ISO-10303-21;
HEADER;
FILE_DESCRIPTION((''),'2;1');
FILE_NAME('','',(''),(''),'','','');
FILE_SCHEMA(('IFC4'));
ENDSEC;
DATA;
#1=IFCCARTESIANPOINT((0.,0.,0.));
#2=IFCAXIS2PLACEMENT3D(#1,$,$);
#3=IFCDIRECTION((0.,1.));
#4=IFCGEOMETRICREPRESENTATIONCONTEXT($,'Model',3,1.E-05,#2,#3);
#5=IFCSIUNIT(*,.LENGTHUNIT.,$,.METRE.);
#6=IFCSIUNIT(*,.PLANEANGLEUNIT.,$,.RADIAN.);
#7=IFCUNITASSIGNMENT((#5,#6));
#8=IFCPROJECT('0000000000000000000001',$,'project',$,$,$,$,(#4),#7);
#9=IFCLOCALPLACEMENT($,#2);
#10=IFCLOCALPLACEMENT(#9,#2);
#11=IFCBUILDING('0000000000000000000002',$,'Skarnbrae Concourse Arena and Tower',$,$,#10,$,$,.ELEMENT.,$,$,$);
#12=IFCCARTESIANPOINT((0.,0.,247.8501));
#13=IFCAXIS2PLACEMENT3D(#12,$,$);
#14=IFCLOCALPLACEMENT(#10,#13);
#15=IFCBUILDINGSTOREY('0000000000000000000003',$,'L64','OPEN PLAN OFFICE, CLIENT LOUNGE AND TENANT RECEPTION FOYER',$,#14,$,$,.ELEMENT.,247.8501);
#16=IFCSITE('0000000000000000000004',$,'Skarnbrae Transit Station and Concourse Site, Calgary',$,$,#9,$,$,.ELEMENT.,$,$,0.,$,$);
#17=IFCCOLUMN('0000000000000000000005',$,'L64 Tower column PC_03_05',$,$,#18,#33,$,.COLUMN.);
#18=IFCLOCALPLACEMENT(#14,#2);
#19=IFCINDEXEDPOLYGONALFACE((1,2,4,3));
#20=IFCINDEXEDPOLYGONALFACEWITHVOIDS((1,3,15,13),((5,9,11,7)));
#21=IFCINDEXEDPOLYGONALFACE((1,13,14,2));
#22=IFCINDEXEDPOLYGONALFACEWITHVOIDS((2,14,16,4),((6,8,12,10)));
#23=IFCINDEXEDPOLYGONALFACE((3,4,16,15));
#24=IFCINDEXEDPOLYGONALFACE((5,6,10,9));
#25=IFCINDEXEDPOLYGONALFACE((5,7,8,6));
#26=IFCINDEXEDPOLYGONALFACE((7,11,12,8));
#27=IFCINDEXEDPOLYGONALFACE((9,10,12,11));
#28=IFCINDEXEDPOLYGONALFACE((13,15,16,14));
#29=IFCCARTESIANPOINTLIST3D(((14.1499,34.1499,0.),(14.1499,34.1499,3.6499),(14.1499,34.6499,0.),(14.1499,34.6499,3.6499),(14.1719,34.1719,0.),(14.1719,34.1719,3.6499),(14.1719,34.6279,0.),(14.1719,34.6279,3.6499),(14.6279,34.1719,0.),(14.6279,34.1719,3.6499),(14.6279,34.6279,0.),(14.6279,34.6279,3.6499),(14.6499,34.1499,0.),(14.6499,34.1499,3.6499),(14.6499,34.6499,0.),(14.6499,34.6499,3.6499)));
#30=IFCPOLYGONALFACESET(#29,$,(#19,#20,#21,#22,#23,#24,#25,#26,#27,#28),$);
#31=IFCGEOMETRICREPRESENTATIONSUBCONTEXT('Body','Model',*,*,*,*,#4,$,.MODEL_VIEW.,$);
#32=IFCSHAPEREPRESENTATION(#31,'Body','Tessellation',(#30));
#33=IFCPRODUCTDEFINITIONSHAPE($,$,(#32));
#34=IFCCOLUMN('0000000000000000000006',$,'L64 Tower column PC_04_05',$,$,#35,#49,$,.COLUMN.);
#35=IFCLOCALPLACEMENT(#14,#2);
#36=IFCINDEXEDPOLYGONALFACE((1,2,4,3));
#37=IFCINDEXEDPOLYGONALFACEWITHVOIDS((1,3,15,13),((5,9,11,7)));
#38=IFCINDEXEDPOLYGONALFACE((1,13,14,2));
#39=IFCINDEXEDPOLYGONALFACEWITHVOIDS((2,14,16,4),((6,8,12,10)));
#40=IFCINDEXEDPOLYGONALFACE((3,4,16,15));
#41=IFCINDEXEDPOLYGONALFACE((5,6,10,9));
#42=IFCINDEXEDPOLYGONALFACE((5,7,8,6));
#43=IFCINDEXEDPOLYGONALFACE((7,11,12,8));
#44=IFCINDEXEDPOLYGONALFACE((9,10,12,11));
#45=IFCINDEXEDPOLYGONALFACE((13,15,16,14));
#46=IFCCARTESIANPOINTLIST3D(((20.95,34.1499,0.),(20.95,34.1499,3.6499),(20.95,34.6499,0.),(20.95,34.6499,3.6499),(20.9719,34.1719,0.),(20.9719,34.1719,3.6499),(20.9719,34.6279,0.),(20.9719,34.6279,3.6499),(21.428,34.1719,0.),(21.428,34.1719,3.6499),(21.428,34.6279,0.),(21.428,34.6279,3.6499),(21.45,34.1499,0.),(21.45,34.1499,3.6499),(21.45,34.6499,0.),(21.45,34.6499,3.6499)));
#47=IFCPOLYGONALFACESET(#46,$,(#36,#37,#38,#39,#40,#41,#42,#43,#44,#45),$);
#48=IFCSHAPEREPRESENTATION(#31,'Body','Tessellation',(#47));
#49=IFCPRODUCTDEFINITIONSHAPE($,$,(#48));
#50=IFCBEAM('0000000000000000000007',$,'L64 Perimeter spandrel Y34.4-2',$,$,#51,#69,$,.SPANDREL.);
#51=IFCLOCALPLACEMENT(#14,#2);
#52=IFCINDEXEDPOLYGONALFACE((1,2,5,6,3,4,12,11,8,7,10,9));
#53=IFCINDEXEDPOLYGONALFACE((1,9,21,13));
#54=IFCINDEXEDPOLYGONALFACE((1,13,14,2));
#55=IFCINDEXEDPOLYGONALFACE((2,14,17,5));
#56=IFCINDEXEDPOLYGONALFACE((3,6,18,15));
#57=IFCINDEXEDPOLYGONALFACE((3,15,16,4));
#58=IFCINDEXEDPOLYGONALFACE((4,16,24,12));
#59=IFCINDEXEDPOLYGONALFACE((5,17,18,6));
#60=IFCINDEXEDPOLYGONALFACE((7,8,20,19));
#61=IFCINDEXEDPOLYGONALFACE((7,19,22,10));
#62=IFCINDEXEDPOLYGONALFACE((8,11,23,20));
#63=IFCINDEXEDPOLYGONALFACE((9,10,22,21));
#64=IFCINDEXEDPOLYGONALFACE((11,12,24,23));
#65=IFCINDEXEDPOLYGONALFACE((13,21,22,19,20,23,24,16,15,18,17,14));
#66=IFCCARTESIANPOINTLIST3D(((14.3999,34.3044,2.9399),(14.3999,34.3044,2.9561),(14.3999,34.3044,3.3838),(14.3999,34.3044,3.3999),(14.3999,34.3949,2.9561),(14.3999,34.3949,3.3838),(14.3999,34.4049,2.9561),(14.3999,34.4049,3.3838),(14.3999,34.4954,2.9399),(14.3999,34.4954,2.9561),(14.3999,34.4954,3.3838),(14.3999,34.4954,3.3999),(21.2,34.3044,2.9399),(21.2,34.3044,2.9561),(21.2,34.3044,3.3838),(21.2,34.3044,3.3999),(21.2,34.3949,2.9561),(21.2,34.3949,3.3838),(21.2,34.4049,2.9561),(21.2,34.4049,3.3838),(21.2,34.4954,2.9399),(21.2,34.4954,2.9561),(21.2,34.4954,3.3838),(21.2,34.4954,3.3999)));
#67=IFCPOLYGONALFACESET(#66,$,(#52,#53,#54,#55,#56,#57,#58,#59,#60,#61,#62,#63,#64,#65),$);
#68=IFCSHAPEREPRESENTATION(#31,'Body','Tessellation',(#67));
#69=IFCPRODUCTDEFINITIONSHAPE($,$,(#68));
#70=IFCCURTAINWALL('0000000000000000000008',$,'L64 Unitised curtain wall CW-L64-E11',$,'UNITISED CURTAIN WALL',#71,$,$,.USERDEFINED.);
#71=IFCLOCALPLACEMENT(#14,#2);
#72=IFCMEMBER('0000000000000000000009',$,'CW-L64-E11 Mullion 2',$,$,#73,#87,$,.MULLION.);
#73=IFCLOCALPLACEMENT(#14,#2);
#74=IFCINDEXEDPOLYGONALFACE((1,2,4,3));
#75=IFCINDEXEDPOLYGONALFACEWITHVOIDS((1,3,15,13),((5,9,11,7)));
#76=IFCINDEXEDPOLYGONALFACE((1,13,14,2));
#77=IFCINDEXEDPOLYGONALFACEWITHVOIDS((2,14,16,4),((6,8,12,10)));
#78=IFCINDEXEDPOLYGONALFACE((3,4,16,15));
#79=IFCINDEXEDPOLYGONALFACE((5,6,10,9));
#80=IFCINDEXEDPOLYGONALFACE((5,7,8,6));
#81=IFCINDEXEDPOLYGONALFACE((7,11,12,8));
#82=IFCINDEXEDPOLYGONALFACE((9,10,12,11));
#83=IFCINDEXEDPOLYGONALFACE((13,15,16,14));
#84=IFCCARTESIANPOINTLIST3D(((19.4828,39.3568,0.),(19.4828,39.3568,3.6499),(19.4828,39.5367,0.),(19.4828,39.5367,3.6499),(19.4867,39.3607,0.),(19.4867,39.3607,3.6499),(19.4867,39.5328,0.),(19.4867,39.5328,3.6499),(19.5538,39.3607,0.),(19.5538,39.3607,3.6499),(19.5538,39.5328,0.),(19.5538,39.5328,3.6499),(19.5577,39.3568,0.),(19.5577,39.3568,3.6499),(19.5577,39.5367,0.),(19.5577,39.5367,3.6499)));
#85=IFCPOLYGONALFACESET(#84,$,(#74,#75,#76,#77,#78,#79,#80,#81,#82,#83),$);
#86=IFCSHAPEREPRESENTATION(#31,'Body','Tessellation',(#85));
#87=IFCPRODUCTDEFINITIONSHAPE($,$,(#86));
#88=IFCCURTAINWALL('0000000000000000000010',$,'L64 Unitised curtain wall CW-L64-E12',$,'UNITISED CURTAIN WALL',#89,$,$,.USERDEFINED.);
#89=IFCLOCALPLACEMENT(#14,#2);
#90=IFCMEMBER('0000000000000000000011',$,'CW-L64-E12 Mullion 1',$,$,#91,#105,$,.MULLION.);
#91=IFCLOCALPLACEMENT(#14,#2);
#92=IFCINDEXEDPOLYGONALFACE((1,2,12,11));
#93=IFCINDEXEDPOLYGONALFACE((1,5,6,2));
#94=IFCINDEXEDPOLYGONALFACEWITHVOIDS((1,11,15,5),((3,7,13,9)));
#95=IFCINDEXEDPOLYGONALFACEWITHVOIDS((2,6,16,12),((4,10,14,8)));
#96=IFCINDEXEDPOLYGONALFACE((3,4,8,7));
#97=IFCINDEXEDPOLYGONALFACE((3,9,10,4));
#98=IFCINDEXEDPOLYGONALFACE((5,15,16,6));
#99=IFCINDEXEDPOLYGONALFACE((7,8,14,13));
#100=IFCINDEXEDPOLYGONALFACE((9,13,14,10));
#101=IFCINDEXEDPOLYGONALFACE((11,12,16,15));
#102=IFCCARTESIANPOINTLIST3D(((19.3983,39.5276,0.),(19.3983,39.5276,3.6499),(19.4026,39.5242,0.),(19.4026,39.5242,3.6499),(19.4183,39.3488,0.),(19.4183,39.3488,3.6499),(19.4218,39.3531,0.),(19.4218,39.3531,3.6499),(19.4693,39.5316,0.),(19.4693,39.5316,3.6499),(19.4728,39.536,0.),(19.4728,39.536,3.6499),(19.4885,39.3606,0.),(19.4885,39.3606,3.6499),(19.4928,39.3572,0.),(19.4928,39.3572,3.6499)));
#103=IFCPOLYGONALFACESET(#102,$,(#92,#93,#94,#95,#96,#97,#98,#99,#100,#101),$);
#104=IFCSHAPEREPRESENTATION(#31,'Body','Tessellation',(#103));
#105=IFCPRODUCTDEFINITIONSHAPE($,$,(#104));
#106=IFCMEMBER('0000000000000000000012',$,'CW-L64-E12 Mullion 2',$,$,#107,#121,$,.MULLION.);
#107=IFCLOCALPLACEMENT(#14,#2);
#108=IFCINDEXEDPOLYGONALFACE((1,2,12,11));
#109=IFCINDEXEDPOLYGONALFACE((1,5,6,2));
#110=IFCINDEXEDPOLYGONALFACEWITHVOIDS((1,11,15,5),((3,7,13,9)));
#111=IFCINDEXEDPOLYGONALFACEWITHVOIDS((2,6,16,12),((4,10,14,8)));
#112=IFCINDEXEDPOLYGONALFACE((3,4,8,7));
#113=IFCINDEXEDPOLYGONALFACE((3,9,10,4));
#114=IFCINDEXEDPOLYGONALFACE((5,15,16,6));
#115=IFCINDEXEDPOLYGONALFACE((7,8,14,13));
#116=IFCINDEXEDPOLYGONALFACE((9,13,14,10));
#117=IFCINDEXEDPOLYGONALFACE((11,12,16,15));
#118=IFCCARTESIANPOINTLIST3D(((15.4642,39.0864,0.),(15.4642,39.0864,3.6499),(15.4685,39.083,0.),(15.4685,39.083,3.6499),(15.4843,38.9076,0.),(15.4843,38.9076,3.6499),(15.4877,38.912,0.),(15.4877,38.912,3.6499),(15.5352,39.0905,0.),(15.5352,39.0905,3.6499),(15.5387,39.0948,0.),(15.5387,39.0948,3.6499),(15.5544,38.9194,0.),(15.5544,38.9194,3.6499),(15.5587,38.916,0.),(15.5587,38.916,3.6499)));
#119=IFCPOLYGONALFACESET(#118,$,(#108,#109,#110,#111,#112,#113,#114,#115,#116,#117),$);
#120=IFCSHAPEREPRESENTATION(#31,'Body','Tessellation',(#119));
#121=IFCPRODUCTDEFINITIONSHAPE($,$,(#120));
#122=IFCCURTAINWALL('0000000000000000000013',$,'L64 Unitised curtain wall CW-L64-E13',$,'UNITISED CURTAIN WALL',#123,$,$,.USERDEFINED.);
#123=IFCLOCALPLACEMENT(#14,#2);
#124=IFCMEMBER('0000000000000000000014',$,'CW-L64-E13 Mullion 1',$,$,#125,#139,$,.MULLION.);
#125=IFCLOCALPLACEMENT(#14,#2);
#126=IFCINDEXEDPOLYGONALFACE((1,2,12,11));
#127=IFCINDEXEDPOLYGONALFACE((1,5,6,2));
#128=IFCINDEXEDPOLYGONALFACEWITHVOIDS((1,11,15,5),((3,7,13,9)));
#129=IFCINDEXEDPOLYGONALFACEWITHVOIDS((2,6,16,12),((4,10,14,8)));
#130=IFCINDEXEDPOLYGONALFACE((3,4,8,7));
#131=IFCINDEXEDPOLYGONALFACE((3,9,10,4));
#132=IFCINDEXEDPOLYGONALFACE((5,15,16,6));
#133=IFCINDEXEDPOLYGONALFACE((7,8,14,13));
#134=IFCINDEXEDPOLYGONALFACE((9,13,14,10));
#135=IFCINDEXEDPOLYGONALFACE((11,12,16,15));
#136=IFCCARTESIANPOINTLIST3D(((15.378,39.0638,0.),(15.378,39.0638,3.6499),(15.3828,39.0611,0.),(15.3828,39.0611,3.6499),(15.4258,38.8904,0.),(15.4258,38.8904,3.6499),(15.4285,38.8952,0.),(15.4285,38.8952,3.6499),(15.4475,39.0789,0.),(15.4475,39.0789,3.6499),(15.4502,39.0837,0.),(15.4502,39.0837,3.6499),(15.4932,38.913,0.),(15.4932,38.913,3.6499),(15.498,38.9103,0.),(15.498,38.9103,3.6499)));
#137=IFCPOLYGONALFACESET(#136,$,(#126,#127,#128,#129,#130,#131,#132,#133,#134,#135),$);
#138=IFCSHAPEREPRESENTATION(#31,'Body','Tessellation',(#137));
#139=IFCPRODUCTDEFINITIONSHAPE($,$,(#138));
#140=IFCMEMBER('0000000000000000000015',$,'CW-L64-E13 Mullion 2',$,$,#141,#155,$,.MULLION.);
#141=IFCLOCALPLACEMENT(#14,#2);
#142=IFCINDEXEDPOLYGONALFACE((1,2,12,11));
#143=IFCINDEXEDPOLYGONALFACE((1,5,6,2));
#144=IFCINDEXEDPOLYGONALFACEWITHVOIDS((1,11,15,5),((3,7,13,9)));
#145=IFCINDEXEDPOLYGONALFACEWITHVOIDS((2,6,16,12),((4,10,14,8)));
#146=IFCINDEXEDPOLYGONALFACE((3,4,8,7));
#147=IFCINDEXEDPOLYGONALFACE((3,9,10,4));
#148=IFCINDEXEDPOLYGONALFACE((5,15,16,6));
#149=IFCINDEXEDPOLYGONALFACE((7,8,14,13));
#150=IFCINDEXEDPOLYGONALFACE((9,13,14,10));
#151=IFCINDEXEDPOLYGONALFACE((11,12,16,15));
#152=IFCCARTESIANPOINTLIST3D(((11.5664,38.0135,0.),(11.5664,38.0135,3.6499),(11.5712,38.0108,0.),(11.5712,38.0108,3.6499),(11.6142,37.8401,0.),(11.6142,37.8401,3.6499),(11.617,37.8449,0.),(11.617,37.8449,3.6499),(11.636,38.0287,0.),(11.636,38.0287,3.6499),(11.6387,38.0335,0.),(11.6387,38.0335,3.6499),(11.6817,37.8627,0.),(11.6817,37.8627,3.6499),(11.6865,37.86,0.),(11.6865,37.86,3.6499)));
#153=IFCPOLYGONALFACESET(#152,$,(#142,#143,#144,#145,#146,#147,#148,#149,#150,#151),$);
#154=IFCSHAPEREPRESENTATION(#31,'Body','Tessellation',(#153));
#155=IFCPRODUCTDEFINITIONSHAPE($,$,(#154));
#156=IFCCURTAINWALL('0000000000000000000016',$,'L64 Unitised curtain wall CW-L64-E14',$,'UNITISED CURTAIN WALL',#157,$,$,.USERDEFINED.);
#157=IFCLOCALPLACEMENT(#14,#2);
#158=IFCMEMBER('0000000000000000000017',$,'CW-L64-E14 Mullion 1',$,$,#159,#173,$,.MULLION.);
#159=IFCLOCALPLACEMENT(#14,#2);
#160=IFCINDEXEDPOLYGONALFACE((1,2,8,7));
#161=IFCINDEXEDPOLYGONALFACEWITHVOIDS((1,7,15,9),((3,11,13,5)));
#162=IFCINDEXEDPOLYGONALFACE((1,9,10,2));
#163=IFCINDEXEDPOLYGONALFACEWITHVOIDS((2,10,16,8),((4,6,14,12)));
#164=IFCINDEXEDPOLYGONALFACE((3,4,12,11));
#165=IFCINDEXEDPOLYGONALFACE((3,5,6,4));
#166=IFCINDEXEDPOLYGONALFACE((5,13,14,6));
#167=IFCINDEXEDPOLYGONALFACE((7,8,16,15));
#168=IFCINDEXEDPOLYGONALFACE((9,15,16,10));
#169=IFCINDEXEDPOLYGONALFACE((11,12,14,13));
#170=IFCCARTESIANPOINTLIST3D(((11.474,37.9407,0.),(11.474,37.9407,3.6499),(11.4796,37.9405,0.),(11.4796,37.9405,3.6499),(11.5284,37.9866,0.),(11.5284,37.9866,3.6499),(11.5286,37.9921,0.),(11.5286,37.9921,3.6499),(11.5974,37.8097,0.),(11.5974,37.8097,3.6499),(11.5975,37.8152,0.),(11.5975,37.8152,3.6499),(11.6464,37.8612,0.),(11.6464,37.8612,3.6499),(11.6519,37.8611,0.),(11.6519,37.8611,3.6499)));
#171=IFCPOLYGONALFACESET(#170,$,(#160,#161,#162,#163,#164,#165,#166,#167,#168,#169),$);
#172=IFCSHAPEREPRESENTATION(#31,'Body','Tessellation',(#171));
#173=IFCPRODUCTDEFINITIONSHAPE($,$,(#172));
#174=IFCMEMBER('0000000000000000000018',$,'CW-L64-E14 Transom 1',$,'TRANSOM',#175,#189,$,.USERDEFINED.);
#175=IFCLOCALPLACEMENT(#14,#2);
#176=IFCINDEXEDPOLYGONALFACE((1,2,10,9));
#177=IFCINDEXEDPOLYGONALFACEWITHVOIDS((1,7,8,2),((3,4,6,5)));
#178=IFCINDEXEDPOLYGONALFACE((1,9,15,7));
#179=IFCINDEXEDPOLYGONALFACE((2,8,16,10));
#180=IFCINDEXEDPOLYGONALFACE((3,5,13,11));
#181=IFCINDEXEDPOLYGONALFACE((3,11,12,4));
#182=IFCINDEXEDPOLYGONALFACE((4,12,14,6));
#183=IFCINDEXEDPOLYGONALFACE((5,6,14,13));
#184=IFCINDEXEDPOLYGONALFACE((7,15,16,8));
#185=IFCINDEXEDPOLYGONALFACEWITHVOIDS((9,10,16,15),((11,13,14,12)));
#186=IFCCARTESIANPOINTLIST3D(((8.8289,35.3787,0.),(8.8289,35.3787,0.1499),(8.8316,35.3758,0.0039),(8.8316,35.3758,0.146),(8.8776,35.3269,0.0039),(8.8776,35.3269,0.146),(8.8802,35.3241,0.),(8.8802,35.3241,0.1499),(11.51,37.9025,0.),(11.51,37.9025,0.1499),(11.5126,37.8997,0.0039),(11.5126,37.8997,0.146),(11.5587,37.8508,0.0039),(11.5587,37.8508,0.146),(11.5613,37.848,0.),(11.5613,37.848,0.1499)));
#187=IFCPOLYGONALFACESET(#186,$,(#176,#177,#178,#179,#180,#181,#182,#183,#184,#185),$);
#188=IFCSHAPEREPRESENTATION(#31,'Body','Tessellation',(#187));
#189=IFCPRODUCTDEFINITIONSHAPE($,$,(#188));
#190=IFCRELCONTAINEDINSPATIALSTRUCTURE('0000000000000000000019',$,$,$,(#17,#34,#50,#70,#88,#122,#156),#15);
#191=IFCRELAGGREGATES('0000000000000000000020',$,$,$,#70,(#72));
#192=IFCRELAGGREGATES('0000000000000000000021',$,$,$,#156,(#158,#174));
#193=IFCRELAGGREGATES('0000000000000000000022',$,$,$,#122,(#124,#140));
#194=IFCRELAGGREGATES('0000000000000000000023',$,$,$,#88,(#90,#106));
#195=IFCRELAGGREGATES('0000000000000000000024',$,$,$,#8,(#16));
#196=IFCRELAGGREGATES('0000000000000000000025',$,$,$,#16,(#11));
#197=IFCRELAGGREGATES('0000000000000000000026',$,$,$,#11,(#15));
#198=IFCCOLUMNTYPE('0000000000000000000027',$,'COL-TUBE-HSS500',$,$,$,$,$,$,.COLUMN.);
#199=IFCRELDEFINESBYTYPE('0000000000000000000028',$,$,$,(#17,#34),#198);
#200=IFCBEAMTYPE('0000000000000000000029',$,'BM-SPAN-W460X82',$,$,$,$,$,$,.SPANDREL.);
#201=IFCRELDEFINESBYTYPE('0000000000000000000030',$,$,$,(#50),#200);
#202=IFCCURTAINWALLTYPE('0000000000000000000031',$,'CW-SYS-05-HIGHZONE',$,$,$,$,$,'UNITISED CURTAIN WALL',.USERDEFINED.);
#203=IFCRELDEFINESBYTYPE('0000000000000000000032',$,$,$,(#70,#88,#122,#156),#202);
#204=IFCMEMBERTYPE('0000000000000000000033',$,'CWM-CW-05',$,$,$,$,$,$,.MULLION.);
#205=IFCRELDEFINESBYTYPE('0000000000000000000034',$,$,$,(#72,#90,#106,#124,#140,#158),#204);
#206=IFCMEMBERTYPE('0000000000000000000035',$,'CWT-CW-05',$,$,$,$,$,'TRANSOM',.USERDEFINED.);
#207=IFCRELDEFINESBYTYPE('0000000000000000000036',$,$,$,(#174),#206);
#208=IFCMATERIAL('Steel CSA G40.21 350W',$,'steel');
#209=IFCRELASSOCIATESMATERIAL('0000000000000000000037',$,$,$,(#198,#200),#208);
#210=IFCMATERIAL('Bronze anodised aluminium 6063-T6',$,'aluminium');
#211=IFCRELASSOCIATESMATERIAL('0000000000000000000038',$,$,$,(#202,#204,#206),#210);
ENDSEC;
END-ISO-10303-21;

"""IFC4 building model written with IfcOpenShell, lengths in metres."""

from ifc_helpers import new_model, si_unit, direction, frame, origin, origin_2d, place, context, subcontext, project, spatial, hollow_rectangle, i_section, extrude, source, transform, mapped, material, material_profile, profile_set, type_object, element, aggregate, save


model = new_model("IFC4")

# Units and contexts
model_context = context("Model", 3, precision=1e-05, world=origin(), true_north=direction((0.0, 1.0)))
body_context = subcontext(model_context, "Body", "Model", "MODEL_VIEW")
ifc_project = project(units=[si_unit("LENGTHUNIT", "METRE"), si_unit("PLANEANGLEUNIT", "RADIAN")], contexts=[model_context])

# Site, building, storey
site_placement = place(None, origin())
site = spatial("IfcSite", under=ifc_project, at=site_placement, Name="Skarnbrae Transit Station and Concourse Site, Calgary", CompositionType="ELEMENT", RefElevation=0.0)
building_placement = place(site_placement, origin())
building = spatial("IfcBuilding", under=site, at=building_placement, Name="Skarnbrae Concourse Arena and Tower", CompositionType="ELEMENT")
storey_placement = place(building_placement, frame((0.0, 0.0, 247.8501)))
storey = spatial("IfcBuildingStorey", under=building, at=storey_placement, Name="L64", Description="OPEN PLAN OFFICE, CLIENT LOUNGE AND TENANT RECEPTION FOYER", CompositionType="ELEMENT", Elevation=247.8501)

# Columns
ifc_material_1 = material(Name="Steel CSA G40.21 350W", Category="steel")
ifc_material_profile_1 = material_profile(ifc_material_1, hollow_rectangle(XDim=0.5, YDim=0.5, WallThickness=0.022, at=origin_2d()), Name="HSS500X500X22.0")
ifc_profile_set_1 = profile_set([ifc_material_profile_1], Name="Steel CSA G40.21 350W")
column_type = type_object("IfcColumnType", Name="COL-TUBE-HSS500", PredefinedType="COLUMN", material=ifc_profile_set_1)
shared_shape_1 = source(origin(), body_context, "Body", "SweptSolid", [
    extrude(hollow_rectangle(XDim=0.5, YDim=0.5, WallThickness=0.022, at=origin_2d()), origin(), (0.0, 0.0, 1.0), 3.6499),
])
for number, where, z_axis, x_axis, name in (
    (1, (14.3999, 34.3999, 0.0), (0.0, 0.0, 1.0), (1.0, 0.0, 0.0), "L64 Tower column PC_03_05"),
    (2, (21.2, 34.3999, 0.0), (0.0, 0.0, 1.0), (1.0, 0.0, 0.0), "L64 Tower column PC_04_05"),
):
    element("IfcColumn", number, at=place(storey_placement, frame(where, z_axis=z_axis, x_axis=x_axis)), inside=storey, type_object=column_type, Name=name, PredefinedType="COLUMN", context=body_context, shape_type="MappedRepresentation", body=[
        mapped(shared_shape_1, transform((0.0, 0.0, 0.0))),
    ])

# Beam
ifc_material_profile_2 = material_profile(ifc_material_1, i_section(OverallWidth=0.1909, OverallDepth=0.46, WebThickness=0.01, FlangeThickness=0.0161, at=origin_2d()), Name="W460X82")
ifc_profile_set_2 = profile_set([ifc_material_profile_2], Name="Steel CSA G40.21 350W")
beam_type = type_object("IfcBeamType", Name="BM-SPAN-W460X82", PredefinedType="SPANDREL", material=ifc_profile_set_2)
shared_shape_2 = source(origin(), body_context, "Body", "SweptSolid", [
    extrude(i_section(OverallWidth=0.1909, OverallDepth=0.46, WebThickness=0.01, FlangeThickness=0.0161, at=origin_2d()), origin(), (0.0, 0.0, 1.0), 6.8),
])
beam_placement = place(storey_placement, frame((14.3999, 34.3999, 3.1699), z_axis=(1.0, 0.0, 0.0), x_axis=(0.0, 1.0, 0.0)))
element("IfcBeam", 3, at=beam_placement, inside=storey, type_object=beam_type, Name="L64 Perimeter spandrel Y34.4-2", PredefinedType="SPANDREL", context=body_context, shape_type="MappedRepresentation", body=[
    mapped(shared_shape_2, transform((0.0, 0.0, 0.0))),
])

# Curtain wall, member
ifc_material_2 = material(Name="Bronze anodised aluminium 6063-T6", Category="aluminium")
curtain_wall_type = type_object("IfcCurtainWallType", Name="CW-SYS-05-HIGHZONE", ElementType="UNITISED CURTAIN WALL", PredefinedType="USERDEFINED", material=ifc_material_2)
curtain_wall_1_placement = place(storey_placement, origin())
curtain_wall_1 = element("IfcCurtainWall", 4, at=curtain_wall_1_placement, inside=storey, type_object=curtain_wall_type, Name="L64 Unitised curtain wall CW-L64-E11", ObjectType="UNITISED CURTAIN WALL", PredefinedType="USERDEFINED")
ifc_material_profile_3 = material_profile(ifc_material_2, hollow_rectangle(XDim=0.075, YDim=0.1799, WallThickness=0.0039, at=origin_2d()), Name="ALU-MULL-75X180")
ifc_profile_set_3 = profile_set([ifc_material_profile_3], Name="Bronze anodised aluminium 6063-T6")
member_type_1 = type_object("IfcMemberType", Name="CWM-CW-05", PredefinedType="MULLION", material=ifc_profile_set_3)
shared_shape_3 = source(origin(), body_context, "Body", "SweptSolid", [
    extrude(hollow_rectangle(XDim=0.075, YDim=0.1799, WallThickness=0.0039, at=origin_2d()), origin(), (0.0, 0.0, 1.0), 3.6499),
])
member_1_placement = place(storey_placement, frame((19.5203, 39.4468, 0.0), z_axis=(0.0, 0.0, 1.0), x_axis=(-1.0, 0.0, 0.0)))
member_1 = element("IfcMember", 5, at=member_1_placement, type_object=member_type_1, Name="CW-L64-E11 Mullion 2", PredefinedType="MULLION", context=body_context, shape_type="MappedRepresentation", body=[
    mapped(shared_shape_3, transform((0.0, 0.0, 0.0))),
])
aggregate(curtain_wall_1, [member_1])

# Curtain walls, members
curtain_wall_2_placement = place(storey_placement, origin())
curtain_wall_2 = element("IfcCurtainWall", 6, at=curtain_wall_2_placement, inside=storey, type_object=curtain_wall_type, Name="L64 Unitised curtain wall CW-L64-E12", ObjectType="UNITISED CURTAIN WALL", PredefinedType="USERDEFINED")
member_2_placement = place(storey_placement, frame((19.4456, 39.4424, 0.0), z_axis=(0.0, 0.0, 1.0), x_axis=(-0.993769, -0.11146, 0.0)))
member_2 = element("IfcMember", 7, at=member_2_placement, type_object=member_type_1, Name="CW-L64-E12 Mullion 1", PredefinedType="MULLION", context=body_context, shape_type="MappedRepresentation", body=[
    mapped(shared_shape_3, transform((0.0, 0.0, 0.0))),
])
member_3_placement = place(storey_placement, frame((15.5115, 39.0012, 0.0), z_axis=(0.0, 0.0, 1.0), x_axis=(-0.993769, -0.11146, 0.0)))
member_3 = element("IfcMember", 8, at=member_3_placement, type_object=member_type_1, Name="CW-L64-E12 Mullion 2", PredefinedType="MULLION", context=body_context, shape_type="MappedRepresentation", body=[
    mapped(shared_shape_3, transform((0.0, 0.0, 0.0))),
])
curtain_wall_3_placement = place(storey_placement, origin())
curtain_wall_3 = element("IfcCurtainWall", 9, at=curtain_wall_3_placement, inside=storey, type_object=curtain_wall_type, Name="L64 Unitised curtain wall CW-L64-E13", ObjectType="UNITISED CURTAIN WALL", PredefinedType="USERDEFINED")
member_4_placement = place(storey_placement, frame((15.438, 38.9871, 0.0), z_axis=(0.0, 0.0, 1.0), x_axis=(-0.964057, -0.265694, 0.0)))
member_4 = element("IfcMember", 10, at=member_4_placement, type_object=member_type_1, Name="CW-L64-E13 Mullion 1", PredefinedType="MULLION", context=body_context, shape_type="MappedRepresentation", body=[
    mapped(shared_shape_3, transform((0.0, 0.0, 0.0))),
])
member_5_placement = place(storey_placement, frame((11.6265, 37.9368, 0.0), z_axis=(0.0, 0.0, 1.0), x_axis=(-0.964057, -0.265694, 0.0)))
member_5 = element("IfcMember", 11, at=member_5_placement, type_object=member_type_1, Name="CW-L64-E13 Mullion 2", PredefinedType="MULLION", context=body_context, shape_type="MappedRepresentation", body=[
    mapped(shared_shape_3, transform((0.0, 0.0, 0.0))),
])
curtain_wall_4_placement = place(storey_placement, origin())
curtain_wall_4 = element("IfcCurtainWall", 12, at=curtain_wall_4_placement, inside=storey, type_object=curtain_wall_type, Name="L64 Unitised curtain wall CW-L64-E14", ObjectType="UNITISED CURTAIN WALL", PredefinedType="USERDEFINED")
member_6_placement = place(storey_placement, frame((11.563, 37.9009, 0.0), z_axis=(0.0, 0.0, 1.0), x_axis=(-0.728131, -0.685438, 0.0)))
member_6 = element("IfcMember", 13, at=member_6_placement, type_object=member_type_1, Name="CW-L64-E14 Mullion 1", PredefinedType="MULLION", context=body_context, shape_type="MappedRepresentation", body=[
    mapped(shared_shape_3, transform((0.0, 0.0, 0.0))),
])
ifc_material_profile_4 = material_profile(ifc_material_2, hollow_rectangle(XDim=0.075, YDim=0.1499, WallThickness=0.0039, at=origin_2d()), Name="ALU-TRAN-75X150")
ifc_profile_set_4 = profile_set([ifc_material_profile_4], Name="Bronze anodised aluminium 6063-T6")
member_type_2 = type_object("IfcMemberType", Name="CWT-CW-05", ElementType="TRANSOM", PredefinedType="USERDEFINED", material=ifc_profile_set_4)
shared_shape_4 = source(origin(), body_context, "Body", "SweptSolid", [
    extrude(hollow_rectangle(XDim=0.075, YDim=0.1499, WallThickness=0.0039, at=origin_2d()), origin(), (0.0, 0.0, 1.0), 3.6821),
])
member_7_placement = place(storey_placement, frame((11.5356, 37.8752, 0.075), z_axis=(-0.728134, -0.685435, 0.0), x_axis=(0.685435, -0.728134, 0.0)))
member_7 = element("IfcMember", 14, at=member_7_placement, type_object=member_type_2, Name="CW-L64-E14 Transom 1", ObjectType="TRANSOM", PredefinedType="USERDEFINED", context=body_context, shape_type="MappedRepresentation", body=[
    mapped(shared_shape_4, transform((0.0, 0.0, 0.0))),
])
aggregate(curtain_wall_4, [member_6, member_7])

aggregate(curtain_wall_3, [member_4, member_5])
aggregate(curtain_wall_2, [member_2, member_3])

save(model, "model.ifc")
